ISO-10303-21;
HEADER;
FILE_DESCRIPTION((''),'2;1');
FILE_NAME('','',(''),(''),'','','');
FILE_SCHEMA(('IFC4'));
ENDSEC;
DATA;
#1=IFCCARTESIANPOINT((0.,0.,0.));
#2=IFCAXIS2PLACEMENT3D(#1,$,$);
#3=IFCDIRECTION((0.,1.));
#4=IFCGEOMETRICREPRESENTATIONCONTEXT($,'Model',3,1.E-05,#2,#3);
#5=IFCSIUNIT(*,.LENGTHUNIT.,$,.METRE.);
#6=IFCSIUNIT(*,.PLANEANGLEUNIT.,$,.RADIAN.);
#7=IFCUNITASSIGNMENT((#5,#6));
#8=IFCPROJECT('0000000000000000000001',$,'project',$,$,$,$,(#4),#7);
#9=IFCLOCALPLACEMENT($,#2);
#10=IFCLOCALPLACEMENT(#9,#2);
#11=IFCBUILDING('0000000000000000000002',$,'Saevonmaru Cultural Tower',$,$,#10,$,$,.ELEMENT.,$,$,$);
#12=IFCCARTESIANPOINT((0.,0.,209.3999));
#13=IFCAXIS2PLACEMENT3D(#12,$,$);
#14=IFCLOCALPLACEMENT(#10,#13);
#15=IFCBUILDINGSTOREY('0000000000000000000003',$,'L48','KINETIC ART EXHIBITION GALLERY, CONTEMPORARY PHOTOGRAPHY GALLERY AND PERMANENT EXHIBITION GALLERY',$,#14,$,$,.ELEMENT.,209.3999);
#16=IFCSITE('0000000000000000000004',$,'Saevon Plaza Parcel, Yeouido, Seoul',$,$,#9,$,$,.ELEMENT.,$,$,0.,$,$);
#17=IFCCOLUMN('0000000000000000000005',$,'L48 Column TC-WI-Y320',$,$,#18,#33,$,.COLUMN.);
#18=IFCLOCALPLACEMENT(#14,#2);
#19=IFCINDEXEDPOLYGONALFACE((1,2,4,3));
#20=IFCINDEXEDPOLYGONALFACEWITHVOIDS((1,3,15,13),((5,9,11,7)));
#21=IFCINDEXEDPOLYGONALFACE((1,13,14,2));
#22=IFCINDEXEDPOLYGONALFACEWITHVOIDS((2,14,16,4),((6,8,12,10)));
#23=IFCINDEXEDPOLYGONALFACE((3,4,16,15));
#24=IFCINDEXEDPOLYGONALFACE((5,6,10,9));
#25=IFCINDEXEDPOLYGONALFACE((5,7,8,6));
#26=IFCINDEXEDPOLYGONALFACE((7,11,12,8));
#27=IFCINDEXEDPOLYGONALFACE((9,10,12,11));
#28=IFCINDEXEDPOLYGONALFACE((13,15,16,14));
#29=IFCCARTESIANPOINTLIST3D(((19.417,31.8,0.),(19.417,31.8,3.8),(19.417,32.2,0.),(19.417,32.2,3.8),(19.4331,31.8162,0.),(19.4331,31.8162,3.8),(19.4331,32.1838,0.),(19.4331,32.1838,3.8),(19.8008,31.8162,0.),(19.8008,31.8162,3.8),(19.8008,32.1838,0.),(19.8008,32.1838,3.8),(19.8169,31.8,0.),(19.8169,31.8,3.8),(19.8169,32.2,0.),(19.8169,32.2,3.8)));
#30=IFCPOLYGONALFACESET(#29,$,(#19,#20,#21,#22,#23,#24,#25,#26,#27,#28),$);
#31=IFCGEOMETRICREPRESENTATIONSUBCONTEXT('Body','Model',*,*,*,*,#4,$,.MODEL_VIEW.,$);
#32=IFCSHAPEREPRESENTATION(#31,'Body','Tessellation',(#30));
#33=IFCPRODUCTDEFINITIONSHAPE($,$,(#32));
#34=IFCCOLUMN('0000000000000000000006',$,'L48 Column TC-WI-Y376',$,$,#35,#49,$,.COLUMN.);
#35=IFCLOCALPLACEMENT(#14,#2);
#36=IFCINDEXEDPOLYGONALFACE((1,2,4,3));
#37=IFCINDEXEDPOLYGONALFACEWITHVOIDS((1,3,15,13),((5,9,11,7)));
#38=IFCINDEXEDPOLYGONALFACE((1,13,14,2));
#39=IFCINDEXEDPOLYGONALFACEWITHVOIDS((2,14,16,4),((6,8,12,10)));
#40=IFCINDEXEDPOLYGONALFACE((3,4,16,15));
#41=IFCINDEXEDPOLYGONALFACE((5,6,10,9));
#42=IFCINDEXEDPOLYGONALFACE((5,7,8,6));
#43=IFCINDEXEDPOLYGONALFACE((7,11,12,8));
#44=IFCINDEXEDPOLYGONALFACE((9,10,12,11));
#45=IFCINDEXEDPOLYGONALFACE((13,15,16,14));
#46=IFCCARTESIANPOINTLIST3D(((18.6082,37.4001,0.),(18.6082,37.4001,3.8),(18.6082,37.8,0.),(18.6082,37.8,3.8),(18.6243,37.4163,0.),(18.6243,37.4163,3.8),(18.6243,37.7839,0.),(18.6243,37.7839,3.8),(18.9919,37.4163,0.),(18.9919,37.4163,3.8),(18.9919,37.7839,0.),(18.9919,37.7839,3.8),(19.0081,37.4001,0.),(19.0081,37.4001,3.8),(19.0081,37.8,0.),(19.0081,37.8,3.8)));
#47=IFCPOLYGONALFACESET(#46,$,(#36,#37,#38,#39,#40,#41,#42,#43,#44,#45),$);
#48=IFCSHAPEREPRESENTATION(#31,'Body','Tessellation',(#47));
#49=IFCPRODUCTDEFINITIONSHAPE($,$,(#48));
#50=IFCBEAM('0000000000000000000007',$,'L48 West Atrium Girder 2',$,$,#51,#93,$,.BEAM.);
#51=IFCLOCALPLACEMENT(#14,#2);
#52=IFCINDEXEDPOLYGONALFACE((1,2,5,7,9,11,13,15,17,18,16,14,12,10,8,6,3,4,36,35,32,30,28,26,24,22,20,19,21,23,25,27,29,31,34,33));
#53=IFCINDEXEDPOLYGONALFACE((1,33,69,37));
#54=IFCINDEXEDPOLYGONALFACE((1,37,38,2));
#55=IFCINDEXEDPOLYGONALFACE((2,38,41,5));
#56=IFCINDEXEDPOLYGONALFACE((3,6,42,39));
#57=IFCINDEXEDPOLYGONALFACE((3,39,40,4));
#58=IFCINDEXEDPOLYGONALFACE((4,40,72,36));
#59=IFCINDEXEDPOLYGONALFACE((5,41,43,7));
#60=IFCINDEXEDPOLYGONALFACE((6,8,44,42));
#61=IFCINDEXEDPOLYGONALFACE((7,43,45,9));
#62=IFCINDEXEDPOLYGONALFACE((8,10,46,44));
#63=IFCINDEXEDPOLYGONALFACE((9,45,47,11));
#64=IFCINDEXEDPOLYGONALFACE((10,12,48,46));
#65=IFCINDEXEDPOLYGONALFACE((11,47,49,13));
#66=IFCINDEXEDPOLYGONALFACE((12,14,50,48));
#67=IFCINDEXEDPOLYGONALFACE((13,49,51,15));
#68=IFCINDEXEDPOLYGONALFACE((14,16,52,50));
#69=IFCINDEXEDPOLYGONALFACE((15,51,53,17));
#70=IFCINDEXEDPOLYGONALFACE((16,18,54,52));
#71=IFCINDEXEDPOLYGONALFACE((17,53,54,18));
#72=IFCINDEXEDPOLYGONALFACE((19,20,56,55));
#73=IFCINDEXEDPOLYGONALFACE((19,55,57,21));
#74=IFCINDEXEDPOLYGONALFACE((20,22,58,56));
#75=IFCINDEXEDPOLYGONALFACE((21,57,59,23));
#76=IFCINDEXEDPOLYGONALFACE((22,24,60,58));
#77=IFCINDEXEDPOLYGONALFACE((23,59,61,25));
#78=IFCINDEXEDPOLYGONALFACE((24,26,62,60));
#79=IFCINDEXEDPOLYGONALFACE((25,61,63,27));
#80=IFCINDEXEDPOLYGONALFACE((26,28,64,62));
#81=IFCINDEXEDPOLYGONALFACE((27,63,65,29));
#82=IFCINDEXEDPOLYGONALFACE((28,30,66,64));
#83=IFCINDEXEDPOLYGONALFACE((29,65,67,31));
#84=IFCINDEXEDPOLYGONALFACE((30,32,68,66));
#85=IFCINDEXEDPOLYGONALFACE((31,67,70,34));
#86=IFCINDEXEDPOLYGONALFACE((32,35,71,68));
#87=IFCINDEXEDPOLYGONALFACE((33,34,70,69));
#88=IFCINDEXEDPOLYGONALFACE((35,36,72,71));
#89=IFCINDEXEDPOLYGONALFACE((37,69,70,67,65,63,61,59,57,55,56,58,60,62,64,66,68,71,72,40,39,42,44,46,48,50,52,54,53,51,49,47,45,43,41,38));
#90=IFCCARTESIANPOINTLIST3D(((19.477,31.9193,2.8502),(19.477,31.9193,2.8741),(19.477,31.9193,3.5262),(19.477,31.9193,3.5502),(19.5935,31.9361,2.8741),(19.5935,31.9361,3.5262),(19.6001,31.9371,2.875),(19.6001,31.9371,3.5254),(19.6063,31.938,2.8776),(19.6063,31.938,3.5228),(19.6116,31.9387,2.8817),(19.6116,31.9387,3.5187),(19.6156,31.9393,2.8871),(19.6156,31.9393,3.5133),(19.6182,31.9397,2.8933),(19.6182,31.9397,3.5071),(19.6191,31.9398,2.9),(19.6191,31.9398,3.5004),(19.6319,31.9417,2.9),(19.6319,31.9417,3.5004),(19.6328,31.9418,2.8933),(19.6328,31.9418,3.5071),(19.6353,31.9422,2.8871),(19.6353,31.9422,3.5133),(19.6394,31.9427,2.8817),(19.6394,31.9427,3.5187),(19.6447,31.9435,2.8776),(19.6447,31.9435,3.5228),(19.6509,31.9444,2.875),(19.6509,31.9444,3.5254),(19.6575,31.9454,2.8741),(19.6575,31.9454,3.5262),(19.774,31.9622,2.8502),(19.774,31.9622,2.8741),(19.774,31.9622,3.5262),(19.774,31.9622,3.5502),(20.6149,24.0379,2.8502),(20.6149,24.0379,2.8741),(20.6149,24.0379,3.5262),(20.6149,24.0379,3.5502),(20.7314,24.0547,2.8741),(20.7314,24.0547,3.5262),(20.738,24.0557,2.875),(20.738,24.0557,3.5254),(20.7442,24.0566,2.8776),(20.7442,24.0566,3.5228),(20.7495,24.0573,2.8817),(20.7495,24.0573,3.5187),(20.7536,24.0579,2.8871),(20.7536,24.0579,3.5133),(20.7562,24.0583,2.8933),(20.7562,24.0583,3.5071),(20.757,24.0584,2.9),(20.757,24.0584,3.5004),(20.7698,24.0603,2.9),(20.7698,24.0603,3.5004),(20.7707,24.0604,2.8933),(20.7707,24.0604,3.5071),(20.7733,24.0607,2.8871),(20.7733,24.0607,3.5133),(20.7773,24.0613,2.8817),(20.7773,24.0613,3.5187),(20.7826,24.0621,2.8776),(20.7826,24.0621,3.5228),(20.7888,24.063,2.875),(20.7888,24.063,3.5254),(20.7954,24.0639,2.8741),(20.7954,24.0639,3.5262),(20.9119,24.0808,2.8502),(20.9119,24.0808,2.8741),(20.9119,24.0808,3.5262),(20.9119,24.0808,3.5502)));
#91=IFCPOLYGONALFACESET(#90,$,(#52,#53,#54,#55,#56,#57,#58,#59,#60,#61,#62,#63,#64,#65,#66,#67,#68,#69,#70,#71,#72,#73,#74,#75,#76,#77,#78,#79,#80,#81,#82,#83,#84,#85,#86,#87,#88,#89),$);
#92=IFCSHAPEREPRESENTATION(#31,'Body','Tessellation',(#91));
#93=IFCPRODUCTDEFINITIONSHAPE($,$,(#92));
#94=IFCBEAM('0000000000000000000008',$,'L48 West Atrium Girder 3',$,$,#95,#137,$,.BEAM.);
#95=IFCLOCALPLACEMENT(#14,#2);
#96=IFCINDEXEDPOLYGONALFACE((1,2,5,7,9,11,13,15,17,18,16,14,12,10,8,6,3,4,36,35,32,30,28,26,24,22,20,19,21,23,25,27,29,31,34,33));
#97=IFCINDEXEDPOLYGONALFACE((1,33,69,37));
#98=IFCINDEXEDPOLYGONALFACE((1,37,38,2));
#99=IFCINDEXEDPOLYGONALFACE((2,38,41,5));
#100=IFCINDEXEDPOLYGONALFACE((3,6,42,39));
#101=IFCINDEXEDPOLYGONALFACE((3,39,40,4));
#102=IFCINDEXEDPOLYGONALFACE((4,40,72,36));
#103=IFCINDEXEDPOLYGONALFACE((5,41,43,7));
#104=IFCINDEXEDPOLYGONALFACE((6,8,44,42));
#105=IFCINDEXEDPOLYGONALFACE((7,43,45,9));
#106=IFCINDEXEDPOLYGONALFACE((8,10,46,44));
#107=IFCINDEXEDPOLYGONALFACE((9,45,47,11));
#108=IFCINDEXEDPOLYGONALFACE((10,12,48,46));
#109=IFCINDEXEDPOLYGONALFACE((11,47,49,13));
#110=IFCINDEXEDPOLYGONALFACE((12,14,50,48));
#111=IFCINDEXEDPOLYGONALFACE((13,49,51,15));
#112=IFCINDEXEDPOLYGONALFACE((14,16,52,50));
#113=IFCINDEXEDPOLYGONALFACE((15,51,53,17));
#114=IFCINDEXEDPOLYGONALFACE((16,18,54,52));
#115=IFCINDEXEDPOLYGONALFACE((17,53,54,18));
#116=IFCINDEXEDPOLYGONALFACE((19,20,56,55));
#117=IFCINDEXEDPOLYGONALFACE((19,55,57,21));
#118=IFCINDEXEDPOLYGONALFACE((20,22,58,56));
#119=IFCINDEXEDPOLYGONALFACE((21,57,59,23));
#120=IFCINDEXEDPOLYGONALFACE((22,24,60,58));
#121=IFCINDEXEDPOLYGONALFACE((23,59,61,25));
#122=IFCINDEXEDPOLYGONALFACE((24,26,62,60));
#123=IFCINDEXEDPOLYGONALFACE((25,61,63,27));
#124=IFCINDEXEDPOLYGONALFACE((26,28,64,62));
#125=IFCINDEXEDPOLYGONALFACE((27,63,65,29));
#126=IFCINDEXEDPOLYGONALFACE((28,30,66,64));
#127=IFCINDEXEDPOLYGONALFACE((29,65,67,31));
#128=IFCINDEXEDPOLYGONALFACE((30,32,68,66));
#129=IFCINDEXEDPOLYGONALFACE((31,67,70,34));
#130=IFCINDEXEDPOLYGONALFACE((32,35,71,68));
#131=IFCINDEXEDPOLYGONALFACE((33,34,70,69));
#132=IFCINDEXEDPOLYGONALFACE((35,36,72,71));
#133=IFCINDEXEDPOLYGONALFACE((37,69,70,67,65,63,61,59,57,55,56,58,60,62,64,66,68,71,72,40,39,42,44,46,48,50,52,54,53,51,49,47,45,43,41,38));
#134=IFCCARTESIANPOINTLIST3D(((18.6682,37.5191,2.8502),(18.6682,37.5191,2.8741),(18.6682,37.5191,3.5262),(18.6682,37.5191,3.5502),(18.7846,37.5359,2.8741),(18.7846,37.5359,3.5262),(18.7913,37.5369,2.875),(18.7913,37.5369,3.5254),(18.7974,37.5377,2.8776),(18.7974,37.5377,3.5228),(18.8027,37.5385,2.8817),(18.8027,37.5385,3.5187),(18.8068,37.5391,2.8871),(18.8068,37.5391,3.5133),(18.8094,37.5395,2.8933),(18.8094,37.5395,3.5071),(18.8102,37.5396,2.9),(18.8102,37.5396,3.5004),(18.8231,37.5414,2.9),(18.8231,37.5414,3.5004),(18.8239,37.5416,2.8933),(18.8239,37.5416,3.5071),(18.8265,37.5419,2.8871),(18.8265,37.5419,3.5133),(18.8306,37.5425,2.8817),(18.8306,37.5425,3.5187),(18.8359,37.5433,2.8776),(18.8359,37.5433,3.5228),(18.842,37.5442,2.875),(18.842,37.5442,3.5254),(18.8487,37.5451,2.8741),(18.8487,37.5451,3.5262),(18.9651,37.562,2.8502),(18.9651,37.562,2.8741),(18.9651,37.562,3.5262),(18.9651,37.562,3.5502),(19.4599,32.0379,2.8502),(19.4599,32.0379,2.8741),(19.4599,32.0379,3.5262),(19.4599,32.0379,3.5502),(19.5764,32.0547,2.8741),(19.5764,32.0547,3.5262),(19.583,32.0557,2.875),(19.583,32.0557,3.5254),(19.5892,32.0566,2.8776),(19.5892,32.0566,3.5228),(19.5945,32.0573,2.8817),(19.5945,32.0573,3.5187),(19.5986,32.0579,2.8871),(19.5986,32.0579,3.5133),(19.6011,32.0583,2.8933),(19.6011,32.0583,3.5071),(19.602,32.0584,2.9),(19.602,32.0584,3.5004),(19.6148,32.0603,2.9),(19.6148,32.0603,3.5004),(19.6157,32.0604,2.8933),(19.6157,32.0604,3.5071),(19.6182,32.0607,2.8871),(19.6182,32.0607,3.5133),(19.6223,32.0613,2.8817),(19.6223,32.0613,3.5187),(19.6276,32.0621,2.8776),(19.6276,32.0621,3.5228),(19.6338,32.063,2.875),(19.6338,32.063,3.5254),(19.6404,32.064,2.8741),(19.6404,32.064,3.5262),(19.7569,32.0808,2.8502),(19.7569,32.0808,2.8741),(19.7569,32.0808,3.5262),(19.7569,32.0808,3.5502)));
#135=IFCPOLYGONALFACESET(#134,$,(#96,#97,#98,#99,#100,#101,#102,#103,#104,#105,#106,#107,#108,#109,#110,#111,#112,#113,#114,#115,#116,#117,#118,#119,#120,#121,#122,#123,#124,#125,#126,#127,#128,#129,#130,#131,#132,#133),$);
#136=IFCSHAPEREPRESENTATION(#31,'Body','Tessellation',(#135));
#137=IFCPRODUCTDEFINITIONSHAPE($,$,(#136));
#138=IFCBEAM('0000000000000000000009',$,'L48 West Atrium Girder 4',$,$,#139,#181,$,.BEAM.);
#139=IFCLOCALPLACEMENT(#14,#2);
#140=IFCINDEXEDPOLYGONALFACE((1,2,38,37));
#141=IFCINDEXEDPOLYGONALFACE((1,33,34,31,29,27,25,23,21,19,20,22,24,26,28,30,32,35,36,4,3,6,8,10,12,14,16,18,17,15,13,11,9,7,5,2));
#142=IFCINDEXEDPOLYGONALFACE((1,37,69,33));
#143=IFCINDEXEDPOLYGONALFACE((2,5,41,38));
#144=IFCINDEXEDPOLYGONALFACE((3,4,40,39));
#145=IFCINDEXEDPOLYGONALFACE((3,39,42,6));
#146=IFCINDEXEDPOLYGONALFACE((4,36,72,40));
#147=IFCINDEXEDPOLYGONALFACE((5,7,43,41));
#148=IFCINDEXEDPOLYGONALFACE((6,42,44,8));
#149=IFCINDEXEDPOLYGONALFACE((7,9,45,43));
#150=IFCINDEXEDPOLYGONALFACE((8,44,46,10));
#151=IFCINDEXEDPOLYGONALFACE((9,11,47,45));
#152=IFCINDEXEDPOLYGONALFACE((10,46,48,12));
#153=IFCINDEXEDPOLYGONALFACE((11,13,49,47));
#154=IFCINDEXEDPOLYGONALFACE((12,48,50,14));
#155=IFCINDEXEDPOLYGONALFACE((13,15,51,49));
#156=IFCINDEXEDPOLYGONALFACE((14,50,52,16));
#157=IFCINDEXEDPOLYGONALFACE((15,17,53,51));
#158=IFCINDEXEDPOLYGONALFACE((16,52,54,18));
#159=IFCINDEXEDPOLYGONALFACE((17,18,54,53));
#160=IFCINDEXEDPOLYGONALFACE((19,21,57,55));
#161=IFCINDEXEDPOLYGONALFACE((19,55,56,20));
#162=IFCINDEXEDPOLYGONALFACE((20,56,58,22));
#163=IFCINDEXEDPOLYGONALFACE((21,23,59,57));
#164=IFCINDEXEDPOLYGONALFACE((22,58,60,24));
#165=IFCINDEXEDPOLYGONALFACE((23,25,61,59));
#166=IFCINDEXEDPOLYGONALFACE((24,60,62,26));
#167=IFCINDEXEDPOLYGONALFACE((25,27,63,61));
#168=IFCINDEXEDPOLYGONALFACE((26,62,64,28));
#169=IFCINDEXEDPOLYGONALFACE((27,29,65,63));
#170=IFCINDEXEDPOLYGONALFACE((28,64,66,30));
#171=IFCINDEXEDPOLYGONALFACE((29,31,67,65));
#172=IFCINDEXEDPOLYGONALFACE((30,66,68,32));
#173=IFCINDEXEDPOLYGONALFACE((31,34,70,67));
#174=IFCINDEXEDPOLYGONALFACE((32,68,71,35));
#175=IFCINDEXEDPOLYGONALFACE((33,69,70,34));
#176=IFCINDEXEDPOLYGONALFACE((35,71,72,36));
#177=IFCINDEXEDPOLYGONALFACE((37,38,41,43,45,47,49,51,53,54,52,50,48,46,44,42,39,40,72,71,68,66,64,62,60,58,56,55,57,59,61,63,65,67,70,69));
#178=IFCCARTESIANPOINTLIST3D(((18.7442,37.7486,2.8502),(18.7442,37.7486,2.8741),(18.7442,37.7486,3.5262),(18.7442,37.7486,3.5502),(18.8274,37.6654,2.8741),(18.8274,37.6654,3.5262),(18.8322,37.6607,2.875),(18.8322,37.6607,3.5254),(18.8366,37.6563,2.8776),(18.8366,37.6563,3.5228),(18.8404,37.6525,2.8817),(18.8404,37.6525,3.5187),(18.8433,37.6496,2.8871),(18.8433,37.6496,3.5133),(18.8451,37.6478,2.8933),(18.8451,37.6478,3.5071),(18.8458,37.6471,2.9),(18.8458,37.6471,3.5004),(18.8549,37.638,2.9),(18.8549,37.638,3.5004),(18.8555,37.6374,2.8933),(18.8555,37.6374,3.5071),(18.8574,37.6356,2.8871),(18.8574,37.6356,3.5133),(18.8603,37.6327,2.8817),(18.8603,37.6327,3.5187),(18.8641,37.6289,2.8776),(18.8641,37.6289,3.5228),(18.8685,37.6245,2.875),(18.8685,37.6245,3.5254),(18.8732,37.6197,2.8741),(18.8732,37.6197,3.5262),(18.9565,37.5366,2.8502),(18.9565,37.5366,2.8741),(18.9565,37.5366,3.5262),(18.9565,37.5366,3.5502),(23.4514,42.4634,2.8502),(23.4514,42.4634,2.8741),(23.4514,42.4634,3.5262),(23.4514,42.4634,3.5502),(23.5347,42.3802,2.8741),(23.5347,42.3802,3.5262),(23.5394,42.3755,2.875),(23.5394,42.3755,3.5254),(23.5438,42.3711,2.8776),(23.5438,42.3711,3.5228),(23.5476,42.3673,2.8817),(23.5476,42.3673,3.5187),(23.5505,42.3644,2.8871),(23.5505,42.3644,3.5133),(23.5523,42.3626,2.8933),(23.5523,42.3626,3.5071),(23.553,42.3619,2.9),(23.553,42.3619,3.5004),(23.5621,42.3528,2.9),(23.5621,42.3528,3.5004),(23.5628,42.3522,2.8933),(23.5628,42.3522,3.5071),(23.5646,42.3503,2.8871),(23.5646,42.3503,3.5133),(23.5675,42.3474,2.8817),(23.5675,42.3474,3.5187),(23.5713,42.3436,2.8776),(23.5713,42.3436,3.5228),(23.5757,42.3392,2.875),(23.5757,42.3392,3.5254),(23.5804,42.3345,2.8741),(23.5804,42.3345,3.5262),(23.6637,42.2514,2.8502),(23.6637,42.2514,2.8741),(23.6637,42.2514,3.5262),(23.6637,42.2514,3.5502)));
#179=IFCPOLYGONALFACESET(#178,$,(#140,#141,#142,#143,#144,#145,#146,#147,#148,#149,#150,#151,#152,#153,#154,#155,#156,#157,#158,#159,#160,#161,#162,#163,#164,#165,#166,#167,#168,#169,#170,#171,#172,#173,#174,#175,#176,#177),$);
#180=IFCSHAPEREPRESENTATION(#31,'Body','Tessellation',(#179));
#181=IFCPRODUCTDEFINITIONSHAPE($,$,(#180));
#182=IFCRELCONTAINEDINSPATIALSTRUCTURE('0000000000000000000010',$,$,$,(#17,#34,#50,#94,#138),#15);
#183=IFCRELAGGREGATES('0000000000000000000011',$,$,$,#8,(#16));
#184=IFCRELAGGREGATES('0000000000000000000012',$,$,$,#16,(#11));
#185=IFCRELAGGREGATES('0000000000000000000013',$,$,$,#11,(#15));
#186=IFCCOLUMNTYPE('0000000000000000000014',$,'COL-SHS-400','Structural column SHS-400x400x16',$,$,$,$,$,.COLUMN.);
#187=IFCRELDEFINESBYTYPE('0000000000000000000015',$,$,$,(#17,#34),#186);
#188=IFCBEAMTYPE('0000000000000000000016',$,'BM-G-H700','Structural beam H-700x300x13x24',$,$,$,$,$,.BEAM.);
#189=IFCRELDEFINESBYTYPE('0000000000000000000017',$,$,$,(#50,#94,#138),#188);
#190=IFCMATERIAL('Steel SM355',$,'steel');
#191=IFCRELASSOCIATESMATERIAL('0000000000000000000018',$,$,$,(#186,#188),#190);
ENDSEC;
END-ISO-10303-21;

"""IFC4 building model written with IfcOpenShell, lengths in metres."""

from ifc_helpers import new_model, si_unit, direction, frame, origin, origin_2d, place, context, subcontext, project, spatial, hollow_rectangle, i_section, extrude, material, material_profile, profile_set, type_object, element, save


model = new_model("IFC4")

# Units and contexts
model_context = context("Model", 3, precision=1e-05, world=origin(), true_north=direction((0.0, 1.0)))
body_context = subcontext(model_context, "Body", "Model", "MODEL_VIEW")
ifc_project = project(units=[si_unit("LENGTHUNIT", "METRE"), si_unit("PLANEANGLEUNIT", "RADIAN")], contexts=[model_context])

# Site, building, storey
site_placement = place(None, origin())
site = spatial("IfcSite", under=ifc_project, at=site_placement, Name="Saevon Plaza Parcel, Yeouido, Seoul", CompositionType="ELEMENT", RefElevation=0.0)
building_placement = place(site_placement, origin())
building = spatial("IfcBuilding", under=site, at=building_placement, Name="Saevonmaru Cultural Tower", CompositionType="ELEMENT")
storey_placement = place(building_placement, frame((0.0, 0.0, 209.3999)))
storey = spatial("IfcBuildingStorey", under=building, at=storey_placement, Name="L48", Description="KINETIC ART EXHIBITION GALLERY, CONTEMPORARY PHOTOGRAPHY GALLERY AND PERMANENT EXHIBITION GALLERY", CompositionType="ELEMENT", Elevation=209.3999)

# Columns
ifc_material_1 = material(Name="Steel SM355", Category="steel")
ifc_material_profile_1 = material_profile(ifc_material_1, hollow_rectangle(XDim=0.3999, YDim=0.3999, WallThickness=0.0161, at=origin_2d()), Name="SHS-400x400x16")
ifc_profile_set_1 = profile_set([ifc_material_profile_1], Name="Steel SM355")
column_type = type_object("IfcColumnType", Name="COL-SHS-400", Description="Structural column SHS-400x400x16", PredefinedType="COLUMN", material=ifc_profile_set_1)
for number, where, z_axis, x_axis, name in (
    (1, (19.6169, 32.0, 0.0), (0.0, 0.0, 1.0), (1.0, 0.0, 0.0), "L48 Column TC-WI-Y320"),
    (2, (18.8081, 37.6001, 0.0), (0.0, 0.0, 1.0), (1.0, 0.0, 0.0), "L48 Column TC-WI-Y376"),
):
    element("IfcColumn", number, at=place(storey_placement, frame(where, z_axis=z_axis, x_axis=x_axis)), inside=storey, type_object=column_type, Name=name, PredefinedType="COLUMN", context=body_context, shape_type="SweptSolid", body=[
        extrude(hollow_rectangle(XDim=0.3999, YDim=0.3999, WallThickness=0.0161, at=origin_2d()), origin(), (0.0, 0.0, 1.0), 3.8),
    ])

# Beams
ifc_material_profile_2 = material_profile(ifc_material_1, i_section(OverallWidth=0.3, OverallDepth=0.7, WebThickness=0.0129, FlangeThickness=0.0239, FilletRadius=0.0259, at=origin_2d()), Name="H-700x300x13x24")
ifc_profile_set_2 = profile_set([ifc_material_profile_2], Name="Steel SM355")
beam_type = type_object("IfcBeamType", Name="BM-G-H700", Description="Structural beam H-700x300x13x24", PredefinedType="BEAM", material=ifc_profile_set_2)
beam_1_placement = place(storey_placement, frame((20.7634, 24.0593, 3.2002), z_axis=(-0.142902, 0.989737, 0.0), x_axis=(-0.989737, -0.142902, 0.0)))
element("IfcBeam", 3, at=beam_1_placement, inside=storey, type_object=beam_type, Name="L48 West Atrium Girder 2", PredefinedType="BEAM", context=body_context, shape_type="SweptSolid", body=[
    extrude(i_section(OverallWidth=0.3, OverallDepth=0.7, WebThickness=0.0129, FlangeThickness=0.0239, FilletRadius=0.0259, at=origin_2d()), origin(), (0.0, 0.0, 1.0), 7.9631),
])
beam_2_placement = place(storey_placement, frame((19.6084, 32.0593, 3.2002), z_axis=(-0.142964, 0.989728, 0.0), x_axis=(-0.989728, -0.142964, 0.0)))
element("IfcBeam", 4, at=beam_2_placement, inside=storey, type_object=beam_type, Name="L48 West Atrium Girder 3", PredefinedType="BEAM", context=body_context, shape_type="SweptSolid", body=[
    extrude(i_section(OverallWidth=0.3, OverallDepth=0.7, WebThickness=0.0129, FlangeThickness=0.0239, FilletRadius=0.0259, at=origin_2d()), origin(), (0.0, 0.0, 1.0), 5.5381),
])
beam_3_placement = place(storey_placement, frame((18.8503, 37.6426, 3.2002), z_axis=(0.706539, 0.707675, 0.0), x_axis=(-0.707675, 0.706539, 0.0)))
element("IfcBeam", 5, at=beam_3_placement, inside=storey, type_object=beam_type, Name="L48 West Atrium Girder 4", PredefinedType="BEAM", context=body_context, shape_type="SweptSolid", body=[
    extrude(i_section(OverallWidth=0.3, OverallDepth=0.7, WebThickness=0.0129, FlangeThickness=0.0239, FilletRadius=0.0259, at=origin_2d()), origin(), (0.0, 0.0, 1.0), 6.6624),
])

save(model, "model.ifc")
